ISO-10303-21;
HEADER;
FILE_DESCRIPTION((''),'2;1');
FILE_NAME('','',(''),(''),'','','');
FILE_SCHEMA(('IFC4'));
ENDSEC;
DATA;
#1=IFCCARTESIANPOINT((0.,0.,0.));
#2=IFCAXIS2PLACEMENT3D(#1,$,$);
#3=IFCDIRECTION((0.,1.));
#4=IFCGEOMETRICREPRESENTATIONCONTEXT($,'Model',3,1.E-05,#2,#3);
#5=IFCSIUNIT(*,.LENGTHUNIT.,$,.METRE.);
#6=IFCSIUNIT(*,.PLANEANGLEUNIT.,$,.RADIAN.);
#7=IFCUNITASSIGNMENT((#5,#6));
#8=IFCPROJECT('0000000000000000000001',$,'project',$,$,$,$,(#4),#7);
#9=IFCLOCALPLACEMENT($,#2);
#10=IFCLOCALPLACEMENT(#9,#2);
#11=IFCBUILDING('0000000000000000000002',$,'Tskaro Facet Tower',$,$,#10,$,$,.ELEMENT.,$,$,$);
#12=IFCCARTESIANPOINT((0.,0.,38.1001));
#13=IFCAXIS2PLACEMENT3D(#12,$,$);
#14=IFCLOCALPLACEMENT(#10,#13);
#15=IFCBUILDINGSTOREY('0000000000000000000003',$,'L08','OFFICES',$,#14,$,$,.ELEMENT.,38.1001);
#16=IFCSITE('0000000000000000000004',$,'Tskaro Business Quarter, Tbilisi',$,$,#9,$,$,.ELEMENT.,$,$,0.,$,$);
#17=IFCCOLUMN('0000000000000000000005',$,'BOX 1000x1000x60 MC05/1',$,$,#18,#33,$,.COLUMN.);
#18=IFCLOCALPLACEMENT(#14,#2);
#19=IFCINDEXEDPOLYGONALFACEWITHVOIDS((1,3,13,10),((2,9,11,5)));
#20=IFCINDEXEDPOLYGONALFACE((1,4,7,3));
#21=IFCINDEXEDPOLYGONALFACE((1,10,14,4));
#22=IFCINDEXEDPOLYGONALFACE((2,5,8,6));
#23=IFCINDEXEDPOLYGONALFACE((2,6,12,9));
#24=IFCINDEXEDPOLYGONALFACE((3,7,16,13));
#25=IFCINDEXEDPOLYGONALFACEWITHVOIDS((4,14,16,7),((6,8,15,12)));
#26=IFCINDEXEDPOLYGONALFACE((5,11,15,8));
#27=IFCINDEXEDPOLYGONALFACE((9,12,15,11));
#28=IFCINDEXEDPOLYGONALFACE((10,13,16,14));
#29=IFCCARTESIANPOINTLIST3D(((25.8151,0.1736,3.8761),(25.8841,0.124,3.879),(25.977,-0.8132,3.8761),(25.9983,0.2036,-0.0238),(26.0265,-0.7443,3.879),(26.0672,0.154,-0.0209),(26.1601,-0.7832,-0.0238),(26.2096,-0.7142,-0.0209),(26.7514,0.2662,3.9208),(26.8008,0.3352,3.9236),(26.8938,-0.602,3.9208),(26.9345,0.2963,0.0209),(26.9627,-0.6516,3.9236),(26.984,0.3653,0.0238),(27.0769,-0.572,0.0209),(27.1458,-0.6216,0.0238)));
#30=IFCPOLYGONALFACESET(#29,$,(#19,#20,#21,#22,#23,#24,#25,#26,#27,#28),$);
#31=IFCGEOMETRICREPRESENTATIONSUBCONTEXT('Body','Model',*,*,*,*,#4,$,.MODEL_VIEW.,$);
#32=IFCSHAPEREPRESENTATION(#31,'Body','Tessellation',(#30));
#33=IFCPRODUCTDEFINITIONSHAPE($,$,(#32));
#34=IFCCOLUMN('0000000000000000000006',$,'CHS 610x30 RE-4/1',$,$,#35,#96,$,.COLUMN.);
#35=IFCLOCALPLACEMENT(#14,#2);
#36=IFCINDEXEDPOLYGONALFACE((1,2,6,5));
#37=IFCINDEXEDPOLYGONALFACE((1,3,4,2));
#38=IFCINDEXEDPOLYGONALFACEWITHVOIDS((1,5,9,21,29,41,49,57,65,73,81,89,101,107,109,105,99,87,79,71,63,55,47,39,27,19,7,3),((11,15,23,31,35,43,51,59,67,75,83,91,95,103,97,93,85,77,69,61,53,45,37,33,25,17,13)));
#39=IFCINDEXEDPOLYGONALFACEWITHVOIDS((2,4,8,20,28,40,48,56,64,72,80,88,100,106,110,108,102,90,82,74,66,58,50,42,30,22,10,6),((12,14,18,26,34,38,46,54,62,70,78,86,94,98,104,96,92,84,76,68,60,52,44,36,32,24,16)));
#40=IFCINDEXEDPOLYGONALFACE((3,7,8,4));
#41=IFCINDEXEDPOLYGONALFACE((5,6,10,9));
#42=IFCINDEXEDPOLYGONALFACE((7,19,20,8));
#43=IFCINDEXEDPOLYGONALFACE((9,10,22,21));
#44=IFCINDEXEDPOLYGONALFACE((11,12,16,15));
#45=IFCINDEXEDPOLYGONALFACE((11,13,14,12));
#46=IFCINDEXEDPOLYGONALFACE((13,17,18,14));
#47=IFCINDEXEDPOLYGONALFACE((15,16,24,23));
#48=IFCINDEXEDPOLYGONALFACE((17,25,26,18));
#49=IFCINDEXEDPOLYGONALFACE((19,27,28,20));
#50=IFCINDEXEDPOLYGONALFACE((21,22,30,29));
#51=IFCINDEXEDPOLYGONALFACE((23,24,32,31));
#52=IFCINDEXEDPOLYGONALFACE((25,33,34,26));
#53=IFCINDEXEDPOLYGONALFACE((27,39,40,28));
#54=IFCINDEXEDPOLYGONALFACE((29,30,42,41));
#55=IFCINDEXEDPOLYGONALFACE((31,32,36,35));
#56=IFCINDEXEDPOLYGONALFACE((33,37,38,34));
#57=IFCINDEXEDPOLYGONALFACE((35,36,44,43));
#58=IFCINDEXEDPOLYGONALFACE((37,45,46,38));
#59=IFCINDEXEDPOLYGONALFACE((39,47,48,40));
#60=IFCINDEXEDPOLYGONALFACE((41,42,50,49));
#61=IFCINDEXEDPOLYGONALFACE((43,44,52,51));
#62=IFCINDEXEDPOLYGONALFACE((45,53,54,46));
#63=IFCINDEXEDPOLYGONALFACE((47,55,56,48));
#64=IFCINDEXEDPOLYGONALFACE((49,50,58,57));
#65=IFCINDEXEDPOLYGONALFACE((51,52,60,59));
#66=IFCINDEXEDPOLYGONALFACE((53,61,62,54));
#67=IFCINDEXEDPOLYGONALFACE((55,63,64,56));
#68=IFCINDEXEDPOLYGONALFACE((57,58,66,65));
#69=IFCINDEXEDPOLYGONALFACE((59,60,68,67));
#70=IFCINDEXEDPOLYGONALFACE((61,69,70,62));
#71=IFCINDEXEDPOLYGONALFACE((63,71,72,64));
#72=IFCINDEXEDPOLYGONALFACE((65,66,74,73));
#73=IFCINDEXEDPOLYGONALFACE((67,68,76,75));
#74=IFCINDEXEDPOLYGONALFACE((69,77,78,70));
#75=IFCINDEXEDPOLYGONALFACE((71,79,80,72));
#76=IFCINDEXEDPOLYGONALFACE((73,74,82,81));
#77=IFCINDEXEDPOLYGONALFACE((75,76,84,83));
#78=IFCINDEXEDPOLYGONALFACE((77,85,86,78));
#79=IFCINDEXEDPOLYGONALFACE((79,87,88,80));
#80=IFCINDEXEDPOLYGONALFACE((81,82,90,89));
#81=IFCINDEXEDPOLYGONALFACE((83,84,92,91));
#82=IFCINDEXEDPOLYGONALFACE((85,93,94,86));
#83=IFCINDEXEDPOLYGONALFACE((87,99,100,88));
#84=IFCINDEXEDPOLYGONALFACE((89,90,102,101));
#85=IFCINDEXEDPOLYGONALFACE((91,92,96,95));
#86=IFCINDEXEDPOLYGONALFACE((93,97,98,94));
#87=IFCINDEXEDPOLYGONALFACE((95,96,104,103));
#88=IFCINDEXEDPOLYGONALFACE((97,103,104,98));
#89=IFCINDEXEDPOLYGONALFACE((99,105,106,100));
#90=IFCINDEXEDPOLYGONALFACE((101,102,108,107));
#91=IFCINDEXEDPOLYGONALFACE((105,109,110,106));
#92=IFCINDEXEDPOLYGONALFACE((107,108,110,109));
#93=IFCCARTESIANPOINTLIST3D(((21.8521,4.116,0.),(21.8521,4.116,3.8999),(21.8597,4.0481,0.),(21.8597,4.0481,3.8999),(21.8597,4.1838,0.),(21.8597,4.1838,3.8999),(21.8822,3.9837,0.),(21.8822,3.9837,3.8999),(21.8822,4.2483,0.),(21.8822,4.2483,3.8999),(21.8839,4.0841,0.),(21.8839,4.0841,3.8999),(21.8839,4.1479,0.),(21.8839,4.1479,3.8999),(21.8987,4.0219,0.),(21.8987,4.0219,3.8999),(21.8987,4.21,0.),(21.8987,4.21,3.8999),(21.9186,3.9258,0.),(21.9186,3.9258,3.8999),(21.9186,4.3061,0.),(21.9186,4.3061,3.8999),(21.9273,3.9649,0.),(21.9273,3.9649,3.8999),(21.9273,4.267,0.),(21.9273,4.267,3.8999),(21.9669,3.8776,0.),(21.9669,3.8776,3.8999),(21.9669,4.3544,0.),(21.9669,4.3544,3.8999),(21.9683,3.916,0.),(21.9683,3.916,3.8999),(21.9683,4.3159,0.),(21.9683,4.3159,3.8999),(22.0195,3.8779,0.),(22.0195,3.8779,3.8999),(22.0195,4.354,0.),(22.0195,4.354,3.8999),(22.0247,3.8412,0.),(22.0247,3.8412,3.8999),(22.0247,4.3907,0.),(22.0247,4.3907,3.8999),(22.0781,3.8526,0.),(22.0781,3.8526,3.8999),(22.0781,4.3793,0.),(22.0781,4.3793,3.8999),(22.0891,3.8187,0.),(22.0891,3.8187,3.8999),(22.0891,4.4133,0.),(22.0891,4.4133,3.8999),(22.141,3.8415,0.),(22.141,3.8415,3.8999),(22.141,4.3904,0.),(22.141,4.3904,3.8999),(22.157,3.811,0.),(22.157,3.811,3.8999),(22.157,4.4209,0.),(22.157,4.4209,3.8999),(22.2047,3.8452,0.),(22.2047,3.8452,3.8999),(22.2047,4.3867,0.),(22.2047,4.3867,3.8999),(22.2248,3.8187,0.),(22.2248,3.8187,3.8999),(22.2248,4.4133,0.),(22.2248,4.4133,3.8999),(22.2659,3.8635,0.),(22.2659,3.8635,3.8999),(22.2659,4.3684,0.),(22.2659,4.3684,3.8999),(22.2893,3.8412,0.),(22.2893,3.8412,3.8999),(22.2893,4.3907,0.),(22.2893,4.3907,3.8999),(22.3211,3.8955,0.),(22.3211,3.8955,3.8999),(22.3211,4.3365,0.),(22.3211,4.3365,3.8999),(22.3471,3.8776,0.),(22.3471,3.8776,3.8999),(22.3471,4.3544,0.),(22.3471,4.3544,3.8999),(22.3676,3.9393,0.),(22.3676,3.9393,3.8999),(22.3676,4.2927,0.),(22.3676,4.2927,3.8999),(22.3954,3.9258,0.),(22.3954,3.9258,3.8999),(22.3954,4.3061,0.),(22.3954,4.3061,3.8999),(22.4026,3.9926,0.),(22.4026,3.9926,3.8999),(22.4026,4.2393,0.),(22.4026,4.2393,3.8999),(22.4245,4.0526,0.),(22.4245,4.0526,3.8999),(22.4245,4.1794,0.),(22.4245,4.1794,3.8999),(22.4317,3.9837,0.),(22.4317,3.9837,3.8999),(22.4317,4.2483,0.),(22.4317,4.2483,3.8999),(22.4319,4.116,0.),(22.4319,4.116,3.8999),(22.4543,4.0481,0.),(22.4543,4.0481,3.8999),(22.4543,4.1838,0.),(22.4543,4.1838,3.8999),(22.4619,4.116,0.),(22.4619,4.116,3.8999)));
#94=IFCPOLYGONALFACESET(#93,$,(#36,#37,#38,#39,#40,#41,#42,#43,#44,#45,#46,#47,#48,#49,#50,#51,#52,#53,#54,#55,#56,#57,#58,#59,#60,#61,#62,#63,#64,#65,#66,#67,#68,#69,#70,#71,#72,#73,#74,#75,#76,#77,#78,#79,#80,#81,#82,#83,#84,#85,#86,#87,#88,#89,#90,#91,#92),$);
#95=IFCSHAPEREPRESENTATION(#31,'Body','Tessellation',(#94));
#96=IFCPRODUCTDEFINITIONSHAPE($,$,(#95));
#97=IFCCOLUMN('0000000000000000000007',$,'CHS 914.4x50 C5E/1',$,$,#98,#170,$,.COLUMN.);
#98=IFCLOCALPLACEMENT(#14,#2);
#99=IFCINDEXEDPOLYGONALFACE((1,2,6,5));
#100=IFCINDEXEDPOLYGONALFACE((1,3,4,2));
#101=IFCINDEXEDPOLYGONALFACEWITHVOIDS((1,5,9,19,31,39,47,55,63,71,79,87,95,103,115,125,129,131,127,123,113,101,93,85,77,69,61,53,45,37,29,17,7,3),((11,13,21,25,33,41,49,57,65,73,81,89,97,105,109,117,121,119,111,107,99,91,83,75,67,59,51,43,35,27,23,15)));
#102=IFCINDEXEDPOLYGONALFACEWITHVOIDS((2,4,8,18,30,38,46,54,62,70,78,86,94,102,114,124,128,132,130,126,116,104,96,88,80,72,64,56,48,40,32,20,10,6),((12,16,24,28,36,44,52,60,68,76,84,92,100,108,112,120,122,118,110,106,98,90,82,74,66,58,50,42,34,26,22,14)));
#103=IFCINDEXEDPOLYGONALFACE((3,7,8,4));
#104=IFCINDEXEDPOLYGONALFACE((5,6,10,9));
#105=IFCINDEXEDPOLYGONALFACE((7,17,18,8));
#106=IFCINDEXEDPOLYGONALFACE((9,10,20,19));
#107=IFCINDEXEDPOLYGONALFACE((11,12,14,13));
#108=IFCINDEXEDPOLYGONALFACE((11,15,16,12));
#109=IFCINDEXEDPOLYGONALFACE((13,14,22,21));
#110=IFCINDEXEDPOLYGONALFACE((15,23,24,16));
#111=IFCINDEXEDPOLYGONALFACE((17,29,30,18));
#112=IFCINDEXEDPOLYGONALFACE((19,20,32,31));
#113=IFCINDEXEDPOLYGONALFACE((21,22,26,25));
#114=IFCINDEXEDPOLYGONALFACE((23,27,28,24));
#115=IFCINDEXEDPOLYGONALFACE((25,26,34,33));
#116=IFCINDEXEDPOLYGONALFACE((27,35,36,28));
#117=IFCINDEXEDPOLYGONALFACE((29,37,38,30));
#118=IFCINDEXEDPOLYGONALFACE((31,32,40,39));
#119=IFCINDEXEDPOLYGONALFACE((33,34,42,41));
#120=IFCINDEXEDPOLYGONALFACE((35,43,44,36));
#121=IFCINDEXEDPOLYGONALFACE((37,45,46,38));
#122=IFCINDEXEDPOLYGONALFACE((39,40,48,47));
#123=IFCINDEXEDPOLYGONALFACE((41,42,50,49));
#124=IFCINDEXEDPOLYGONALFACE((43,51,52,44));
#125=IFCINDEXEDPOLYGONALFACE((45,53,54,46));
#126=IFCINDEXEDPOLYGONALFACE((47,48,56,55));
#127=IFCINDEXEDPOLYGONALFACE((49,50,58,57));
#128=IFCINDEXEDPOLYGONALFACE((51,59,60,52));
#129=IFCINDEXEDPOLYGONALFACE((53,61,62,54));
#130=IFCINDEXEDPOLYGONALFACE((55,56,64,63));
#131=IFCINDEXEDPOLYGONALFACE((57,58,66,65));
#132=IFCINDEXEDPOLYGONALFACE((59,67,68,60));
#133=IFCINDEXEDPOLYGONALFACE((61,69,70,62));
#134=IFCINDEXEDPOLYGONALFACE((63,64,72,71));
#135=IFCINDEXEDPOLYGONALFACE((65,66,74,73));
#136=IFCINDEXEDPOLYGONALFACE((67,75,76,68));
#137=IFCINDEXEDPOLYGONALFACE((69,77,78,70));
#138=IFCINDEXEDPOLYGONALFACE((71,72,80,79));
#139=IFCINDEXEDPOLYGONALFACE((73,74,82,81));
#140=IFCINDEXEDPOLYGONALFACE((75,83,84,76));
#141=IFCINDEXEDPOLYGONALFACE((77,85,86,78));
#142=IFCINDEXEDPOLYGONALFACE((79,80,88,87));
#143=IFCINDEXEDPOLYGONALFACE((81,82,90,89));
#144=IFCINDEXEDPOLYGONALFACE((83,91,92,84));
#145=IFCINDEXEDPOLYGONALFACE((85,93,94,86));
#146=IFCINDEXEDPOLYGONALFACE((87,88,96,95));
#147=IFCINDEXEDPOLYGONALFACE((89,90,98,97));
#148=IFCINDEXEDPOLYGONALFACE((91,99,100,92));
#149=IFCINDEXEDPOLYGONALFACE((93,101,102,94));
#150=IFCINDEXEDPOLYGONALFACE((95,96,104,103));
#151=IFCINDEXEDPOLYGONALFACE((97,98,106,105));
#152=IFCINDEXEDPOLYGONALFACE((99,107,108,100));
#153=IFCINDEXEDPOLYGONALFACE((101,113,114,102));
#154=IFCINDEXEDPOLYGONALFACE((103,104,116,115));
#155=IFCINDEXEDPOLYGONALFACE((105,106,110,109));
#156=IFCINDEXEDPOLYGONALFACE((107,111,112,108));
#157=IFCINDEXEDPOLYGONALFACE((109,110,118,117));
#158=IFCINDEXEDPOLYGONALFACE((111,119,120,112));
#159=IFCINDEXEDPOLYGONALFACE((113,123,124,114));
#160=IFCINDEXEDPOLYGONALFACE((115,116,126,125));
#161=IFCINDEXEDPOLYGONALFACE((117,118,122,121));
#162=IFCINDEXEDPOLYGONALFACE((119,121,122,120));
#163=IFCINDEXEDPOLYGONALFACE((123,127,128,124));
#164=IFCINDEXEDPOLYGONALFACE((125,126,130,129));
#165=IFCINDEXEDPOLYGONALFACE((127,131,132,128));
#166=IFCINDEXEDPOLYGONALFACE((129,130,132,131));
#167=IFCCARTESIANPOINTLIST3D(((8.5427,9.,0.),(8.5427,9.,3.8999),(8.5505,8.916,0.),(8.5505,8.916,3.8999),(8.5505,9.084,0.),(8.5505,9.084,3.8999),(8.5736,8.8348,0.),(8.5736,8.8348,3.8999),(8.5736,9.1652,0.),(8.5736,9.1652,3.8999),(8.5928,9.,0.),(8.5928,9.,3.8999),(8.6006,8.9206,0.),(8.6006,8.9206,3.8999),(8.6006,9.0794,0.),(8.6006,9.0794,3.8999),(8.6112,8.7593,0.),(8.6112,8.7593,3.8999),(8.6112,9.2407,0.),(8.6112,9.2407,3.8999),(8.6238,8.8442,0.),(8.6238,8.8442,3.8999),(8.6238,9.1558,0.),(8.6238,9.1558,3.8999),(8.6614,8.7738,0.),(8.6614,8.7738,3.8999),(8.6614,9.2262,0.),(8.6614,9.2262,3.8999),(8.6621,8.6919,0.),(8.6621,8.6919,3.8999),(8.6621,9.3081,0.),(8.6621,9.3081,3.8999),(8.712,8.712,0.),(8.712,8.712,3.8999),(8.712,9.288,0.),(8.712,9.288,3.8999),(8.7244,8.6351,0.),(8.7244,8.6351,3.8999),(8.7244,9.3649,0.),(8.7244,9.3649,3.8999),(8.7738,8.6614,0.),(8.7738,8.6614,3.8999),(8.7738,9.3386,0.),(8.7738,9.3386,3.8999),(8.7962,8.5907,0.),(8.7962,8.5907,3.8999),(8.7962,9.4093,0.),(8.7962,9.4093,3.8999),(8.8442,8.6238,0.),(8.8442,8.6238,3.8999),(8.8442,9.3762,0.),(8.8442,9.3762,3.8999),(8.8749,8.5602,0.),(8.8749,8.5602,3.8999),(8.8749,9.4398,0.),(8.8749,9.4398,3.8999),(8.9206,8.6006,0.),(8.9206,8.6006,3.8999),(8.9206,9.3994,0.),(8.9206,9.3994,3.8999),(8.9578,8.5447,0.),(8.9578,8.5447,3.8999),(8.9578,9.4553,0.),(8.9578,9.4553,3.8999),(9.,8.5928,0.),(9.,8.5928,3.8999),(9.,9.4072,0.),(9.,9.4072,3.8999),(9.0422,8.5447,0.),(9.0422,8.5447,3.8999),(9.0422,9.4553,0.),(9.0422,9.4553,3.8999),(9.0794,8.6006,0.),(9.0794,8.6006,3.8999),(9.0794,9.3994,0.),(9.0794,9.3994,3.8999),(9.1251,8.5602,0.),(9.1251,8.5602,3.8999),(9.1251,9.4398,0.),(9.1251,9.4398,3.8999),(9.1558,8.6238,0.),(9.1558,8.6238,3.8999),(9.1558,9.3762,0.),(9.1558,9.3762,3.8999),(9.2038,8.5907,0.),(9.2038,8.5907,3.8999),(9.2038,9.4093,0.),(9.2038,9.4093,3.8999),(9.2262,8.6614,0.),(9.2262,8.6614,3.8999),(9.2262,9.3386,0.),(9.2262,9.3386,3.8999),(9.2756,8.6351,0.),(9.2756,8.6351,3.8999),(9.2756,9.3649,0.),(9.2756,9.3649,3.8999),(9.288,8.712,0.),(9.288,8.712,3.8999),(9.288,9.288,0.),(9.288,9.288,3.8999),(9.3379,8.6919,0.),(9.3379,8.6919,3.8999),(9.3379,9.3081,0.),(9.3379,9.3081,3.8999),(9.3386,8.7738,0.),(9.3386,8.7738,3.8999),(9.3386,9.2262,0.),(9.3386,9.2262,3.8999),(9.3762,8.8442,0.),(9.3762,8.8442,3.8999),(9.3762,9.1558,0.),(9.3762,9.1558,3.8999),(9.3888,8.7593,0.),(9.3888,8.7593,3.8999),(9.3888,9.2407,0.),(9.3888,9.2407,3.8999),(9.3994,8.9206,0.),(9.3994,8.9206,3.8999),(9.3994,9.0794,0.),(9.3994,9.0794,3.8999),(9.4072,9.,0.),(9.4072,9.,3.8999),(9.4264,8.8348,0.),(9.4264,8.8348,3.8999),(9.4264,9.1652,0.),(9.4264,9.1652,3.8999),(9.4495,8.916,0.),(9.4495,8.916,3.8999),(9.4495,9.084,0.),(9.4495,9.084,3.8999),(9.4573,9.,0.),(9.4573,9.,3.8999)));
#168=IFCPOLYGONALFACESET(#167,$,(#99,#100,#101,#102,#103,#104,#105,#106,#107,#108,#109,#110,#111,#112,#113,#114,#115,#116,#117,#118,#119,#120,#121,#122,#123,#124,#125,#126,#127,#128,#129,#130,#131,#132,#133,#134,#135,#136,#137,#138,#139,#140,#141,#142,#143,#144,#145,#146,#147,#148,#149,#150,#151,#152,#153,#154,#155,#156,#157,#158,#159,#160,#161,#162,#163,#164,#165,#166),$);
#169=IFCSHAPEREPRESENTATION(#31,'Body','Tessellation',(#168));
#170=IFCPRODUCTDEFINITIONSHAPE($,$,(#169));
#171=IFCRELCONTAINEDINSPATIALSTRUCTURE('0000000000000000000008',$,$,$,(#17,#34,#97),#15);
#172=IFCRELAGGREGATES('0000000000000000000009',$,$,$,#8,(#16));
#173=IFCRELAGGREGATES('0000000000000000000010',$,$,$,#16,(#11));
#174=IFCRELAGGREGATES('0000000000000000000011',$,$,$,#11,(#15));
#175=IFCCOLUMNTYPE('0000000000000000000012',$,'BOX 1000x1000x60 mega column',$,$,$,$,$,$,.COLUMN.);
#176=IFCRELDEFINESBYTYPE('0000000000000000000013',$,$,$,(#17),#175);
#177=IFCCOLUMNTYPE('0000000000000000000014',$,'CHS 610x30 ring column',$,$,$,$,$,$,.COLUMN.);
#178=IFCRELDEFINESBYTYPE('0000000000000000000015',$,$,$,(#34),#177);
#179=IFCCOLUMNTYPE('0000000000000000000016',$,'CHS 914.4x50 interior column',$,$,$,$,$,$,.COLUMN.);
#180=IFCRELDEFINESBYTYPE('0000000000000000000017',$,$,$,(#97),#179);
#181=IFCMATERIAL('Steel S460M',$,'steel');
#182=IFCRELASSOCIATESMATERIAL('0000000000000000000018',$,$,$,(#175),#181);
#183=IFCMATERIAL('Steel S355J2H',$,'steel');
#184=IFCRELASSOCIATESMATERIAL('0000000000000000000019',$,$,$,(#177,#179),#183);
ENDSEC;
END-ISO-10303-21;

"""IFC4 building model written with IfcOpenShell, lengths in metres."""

from ifc_helpers import new_model, si_unit, direction, frame, origin, origin_2d, place, context, subcontext, project, spatial, hollow_rectangle, hollow_circle, extrude, material, material_profile, profile_set, type_object, element, save


model = new_model("IFC4")

# Units and contexts
model_context = context("Model", 3, precision=1e-05, world=origin(), true_north=direction((0.0, 1.0)))
body_context = subcontext(model_context, "Body", "Model", "MODEL_VIEW")
ifc_project = project(units=[si_unit("LENGTHUNIT", "METRE"), si_unit("PLANEANGLEUNIT", "RADIAN")], contexts=[model_context])

# Site, building, storey
site_placement = place(None, origin())
site = spatial("IfcSite", under=ifc_project, at=site_placement, Name="Tskaro Business Quarter, Tbilisi", CompositionType="ELEMENT", RefElevation=0.0)
building_placement = place(site_placement, origin())
building = spatial("IfcBuilding", under=site, at=building_placement, Name="Tskaro Facet Tower", CompositionType="ELEMENT")
storey_placement = place(building_placement, frame((0.0, 0.0, 38.1001)))
storey = spatial("IfcBuildingStorey", under=building, at=storey_placement, Name="L08", Description="OFFICES", CompositionType="ELEMENT", Elevation=38.1001)

# Columns
ifc_material_1 = material(Name="Steel S460M", Category="steel")
ifc_material_profile_1 = material_profile(ifc_material_1, hollow_rectangle(XDim=1.0, YDim=1.0, WallThickness=0.0601, at=origin_2d()), Name="BOX 1000x1000x60")
ifc_profile_set_1 = profile_set([ifc_material_profile_1], Name="Steel S460M")
column_type_1 = type_object("IfcColumnType", Name="BOX 1000x1000x60 mega column", PredefinedType="COLUMN", material=ifc_profile_set_1)
column_1_placement = place(storey_placement, frame((26.572, -0.209, 0.0), z_axis=(-0.046898, -0.007691, 0.99887), x_axis=(0.161838, -0.986817, 0.0)))
element("IfcColumn", 1, at=column_1_placement, inside=storey, type_object=column_type_1, Name="BOX 1000x1000x60 MC05/1", PredefinedType="COLUMN", context=body_context, shape_type="SweptSolid", body=[
    extrude(hollow_rectangle(XDim=1.0, YDim=1.0, WallThickness=0.0601, at=origin_2d()), origin(), (0.0, 0.0, 1.0), 3.9043),
])
ifc_material_2 = material(Name="Steel S355J2H", Category="steel")
ifc_material_profile_2 = material_profile(ifc_material_2, hollow_circle(Radius=0.3049, WallThickness=0.03, at=origin_2d()), Name="CHS 610x30")
ifc_profile_set_2 = profile_set([ifc_material_profile_2], Name="Steel S355J2H")
column_type_2 = type_object("IfcColumnType", Name="CHS 610x30 ring column", PredefinedType="COLUMN", material=ifc_profile_set_2)
column_2_placement = place(storey_placement, frame((22.157, 4.116, 0.0), z_axis=(0.0, 0.0, 1.0), x_axis=(1.0, 0.0, 0.0)))
element("IfcColumn", 2, at=column_2_placement, inside=storey, type_object=column_type_2, Name="CHS 610x30 RE-4/1", PredefinedType="COLUMN", context=body_context, shape_type="SweptSolid", body=[
    extrude(hollow_circle(Radius=0.3049, WallThickness=0.03, at=origin_2d()), origin(), (0.0, 0.0, 1.0), 3.8999),
])
ifc_material_profile_3 = material_profile(ifc_material_2, hollow_circle(Radius=0.4573, WallThickness=0.05, at=origin_2d()), Name="CHS 914.4x50")
ifc_profile_set_3 = profile_set([ifc_material_profile_3], Name="Steel S355J2H")
column_type_3 = type_object("IfcColumnType", Name="CHS 914.4x50 interior column", PredefinedType="COLUMN", material=ifc_profile_set_3)
for number, where, z_axis, x_axis, name in (
    (3, (9.0, 9.0, 0.0), (0.0, 0.0, 1.0), (1.0, 0.0, 0.0), "CHS 914.4x50 C5E/1"),
):
    element("IfcColumn", number, at=place(storey_placement, frame(where, z_axis=z_axis, x_axis=x_axis)), inside=storey, type_object=column_type_3, Name=name, PredefinedType="COLUMN", context=body_context, shape_type="SweptSolid", body=[
        extrude(hollow_circle(Radius=0.4573, WallThickness=0.05, at=origin_2d()), origin(), (0.0, 0.0, 1.0), 3.8999),
    ])

save(model, "model.ifc")
